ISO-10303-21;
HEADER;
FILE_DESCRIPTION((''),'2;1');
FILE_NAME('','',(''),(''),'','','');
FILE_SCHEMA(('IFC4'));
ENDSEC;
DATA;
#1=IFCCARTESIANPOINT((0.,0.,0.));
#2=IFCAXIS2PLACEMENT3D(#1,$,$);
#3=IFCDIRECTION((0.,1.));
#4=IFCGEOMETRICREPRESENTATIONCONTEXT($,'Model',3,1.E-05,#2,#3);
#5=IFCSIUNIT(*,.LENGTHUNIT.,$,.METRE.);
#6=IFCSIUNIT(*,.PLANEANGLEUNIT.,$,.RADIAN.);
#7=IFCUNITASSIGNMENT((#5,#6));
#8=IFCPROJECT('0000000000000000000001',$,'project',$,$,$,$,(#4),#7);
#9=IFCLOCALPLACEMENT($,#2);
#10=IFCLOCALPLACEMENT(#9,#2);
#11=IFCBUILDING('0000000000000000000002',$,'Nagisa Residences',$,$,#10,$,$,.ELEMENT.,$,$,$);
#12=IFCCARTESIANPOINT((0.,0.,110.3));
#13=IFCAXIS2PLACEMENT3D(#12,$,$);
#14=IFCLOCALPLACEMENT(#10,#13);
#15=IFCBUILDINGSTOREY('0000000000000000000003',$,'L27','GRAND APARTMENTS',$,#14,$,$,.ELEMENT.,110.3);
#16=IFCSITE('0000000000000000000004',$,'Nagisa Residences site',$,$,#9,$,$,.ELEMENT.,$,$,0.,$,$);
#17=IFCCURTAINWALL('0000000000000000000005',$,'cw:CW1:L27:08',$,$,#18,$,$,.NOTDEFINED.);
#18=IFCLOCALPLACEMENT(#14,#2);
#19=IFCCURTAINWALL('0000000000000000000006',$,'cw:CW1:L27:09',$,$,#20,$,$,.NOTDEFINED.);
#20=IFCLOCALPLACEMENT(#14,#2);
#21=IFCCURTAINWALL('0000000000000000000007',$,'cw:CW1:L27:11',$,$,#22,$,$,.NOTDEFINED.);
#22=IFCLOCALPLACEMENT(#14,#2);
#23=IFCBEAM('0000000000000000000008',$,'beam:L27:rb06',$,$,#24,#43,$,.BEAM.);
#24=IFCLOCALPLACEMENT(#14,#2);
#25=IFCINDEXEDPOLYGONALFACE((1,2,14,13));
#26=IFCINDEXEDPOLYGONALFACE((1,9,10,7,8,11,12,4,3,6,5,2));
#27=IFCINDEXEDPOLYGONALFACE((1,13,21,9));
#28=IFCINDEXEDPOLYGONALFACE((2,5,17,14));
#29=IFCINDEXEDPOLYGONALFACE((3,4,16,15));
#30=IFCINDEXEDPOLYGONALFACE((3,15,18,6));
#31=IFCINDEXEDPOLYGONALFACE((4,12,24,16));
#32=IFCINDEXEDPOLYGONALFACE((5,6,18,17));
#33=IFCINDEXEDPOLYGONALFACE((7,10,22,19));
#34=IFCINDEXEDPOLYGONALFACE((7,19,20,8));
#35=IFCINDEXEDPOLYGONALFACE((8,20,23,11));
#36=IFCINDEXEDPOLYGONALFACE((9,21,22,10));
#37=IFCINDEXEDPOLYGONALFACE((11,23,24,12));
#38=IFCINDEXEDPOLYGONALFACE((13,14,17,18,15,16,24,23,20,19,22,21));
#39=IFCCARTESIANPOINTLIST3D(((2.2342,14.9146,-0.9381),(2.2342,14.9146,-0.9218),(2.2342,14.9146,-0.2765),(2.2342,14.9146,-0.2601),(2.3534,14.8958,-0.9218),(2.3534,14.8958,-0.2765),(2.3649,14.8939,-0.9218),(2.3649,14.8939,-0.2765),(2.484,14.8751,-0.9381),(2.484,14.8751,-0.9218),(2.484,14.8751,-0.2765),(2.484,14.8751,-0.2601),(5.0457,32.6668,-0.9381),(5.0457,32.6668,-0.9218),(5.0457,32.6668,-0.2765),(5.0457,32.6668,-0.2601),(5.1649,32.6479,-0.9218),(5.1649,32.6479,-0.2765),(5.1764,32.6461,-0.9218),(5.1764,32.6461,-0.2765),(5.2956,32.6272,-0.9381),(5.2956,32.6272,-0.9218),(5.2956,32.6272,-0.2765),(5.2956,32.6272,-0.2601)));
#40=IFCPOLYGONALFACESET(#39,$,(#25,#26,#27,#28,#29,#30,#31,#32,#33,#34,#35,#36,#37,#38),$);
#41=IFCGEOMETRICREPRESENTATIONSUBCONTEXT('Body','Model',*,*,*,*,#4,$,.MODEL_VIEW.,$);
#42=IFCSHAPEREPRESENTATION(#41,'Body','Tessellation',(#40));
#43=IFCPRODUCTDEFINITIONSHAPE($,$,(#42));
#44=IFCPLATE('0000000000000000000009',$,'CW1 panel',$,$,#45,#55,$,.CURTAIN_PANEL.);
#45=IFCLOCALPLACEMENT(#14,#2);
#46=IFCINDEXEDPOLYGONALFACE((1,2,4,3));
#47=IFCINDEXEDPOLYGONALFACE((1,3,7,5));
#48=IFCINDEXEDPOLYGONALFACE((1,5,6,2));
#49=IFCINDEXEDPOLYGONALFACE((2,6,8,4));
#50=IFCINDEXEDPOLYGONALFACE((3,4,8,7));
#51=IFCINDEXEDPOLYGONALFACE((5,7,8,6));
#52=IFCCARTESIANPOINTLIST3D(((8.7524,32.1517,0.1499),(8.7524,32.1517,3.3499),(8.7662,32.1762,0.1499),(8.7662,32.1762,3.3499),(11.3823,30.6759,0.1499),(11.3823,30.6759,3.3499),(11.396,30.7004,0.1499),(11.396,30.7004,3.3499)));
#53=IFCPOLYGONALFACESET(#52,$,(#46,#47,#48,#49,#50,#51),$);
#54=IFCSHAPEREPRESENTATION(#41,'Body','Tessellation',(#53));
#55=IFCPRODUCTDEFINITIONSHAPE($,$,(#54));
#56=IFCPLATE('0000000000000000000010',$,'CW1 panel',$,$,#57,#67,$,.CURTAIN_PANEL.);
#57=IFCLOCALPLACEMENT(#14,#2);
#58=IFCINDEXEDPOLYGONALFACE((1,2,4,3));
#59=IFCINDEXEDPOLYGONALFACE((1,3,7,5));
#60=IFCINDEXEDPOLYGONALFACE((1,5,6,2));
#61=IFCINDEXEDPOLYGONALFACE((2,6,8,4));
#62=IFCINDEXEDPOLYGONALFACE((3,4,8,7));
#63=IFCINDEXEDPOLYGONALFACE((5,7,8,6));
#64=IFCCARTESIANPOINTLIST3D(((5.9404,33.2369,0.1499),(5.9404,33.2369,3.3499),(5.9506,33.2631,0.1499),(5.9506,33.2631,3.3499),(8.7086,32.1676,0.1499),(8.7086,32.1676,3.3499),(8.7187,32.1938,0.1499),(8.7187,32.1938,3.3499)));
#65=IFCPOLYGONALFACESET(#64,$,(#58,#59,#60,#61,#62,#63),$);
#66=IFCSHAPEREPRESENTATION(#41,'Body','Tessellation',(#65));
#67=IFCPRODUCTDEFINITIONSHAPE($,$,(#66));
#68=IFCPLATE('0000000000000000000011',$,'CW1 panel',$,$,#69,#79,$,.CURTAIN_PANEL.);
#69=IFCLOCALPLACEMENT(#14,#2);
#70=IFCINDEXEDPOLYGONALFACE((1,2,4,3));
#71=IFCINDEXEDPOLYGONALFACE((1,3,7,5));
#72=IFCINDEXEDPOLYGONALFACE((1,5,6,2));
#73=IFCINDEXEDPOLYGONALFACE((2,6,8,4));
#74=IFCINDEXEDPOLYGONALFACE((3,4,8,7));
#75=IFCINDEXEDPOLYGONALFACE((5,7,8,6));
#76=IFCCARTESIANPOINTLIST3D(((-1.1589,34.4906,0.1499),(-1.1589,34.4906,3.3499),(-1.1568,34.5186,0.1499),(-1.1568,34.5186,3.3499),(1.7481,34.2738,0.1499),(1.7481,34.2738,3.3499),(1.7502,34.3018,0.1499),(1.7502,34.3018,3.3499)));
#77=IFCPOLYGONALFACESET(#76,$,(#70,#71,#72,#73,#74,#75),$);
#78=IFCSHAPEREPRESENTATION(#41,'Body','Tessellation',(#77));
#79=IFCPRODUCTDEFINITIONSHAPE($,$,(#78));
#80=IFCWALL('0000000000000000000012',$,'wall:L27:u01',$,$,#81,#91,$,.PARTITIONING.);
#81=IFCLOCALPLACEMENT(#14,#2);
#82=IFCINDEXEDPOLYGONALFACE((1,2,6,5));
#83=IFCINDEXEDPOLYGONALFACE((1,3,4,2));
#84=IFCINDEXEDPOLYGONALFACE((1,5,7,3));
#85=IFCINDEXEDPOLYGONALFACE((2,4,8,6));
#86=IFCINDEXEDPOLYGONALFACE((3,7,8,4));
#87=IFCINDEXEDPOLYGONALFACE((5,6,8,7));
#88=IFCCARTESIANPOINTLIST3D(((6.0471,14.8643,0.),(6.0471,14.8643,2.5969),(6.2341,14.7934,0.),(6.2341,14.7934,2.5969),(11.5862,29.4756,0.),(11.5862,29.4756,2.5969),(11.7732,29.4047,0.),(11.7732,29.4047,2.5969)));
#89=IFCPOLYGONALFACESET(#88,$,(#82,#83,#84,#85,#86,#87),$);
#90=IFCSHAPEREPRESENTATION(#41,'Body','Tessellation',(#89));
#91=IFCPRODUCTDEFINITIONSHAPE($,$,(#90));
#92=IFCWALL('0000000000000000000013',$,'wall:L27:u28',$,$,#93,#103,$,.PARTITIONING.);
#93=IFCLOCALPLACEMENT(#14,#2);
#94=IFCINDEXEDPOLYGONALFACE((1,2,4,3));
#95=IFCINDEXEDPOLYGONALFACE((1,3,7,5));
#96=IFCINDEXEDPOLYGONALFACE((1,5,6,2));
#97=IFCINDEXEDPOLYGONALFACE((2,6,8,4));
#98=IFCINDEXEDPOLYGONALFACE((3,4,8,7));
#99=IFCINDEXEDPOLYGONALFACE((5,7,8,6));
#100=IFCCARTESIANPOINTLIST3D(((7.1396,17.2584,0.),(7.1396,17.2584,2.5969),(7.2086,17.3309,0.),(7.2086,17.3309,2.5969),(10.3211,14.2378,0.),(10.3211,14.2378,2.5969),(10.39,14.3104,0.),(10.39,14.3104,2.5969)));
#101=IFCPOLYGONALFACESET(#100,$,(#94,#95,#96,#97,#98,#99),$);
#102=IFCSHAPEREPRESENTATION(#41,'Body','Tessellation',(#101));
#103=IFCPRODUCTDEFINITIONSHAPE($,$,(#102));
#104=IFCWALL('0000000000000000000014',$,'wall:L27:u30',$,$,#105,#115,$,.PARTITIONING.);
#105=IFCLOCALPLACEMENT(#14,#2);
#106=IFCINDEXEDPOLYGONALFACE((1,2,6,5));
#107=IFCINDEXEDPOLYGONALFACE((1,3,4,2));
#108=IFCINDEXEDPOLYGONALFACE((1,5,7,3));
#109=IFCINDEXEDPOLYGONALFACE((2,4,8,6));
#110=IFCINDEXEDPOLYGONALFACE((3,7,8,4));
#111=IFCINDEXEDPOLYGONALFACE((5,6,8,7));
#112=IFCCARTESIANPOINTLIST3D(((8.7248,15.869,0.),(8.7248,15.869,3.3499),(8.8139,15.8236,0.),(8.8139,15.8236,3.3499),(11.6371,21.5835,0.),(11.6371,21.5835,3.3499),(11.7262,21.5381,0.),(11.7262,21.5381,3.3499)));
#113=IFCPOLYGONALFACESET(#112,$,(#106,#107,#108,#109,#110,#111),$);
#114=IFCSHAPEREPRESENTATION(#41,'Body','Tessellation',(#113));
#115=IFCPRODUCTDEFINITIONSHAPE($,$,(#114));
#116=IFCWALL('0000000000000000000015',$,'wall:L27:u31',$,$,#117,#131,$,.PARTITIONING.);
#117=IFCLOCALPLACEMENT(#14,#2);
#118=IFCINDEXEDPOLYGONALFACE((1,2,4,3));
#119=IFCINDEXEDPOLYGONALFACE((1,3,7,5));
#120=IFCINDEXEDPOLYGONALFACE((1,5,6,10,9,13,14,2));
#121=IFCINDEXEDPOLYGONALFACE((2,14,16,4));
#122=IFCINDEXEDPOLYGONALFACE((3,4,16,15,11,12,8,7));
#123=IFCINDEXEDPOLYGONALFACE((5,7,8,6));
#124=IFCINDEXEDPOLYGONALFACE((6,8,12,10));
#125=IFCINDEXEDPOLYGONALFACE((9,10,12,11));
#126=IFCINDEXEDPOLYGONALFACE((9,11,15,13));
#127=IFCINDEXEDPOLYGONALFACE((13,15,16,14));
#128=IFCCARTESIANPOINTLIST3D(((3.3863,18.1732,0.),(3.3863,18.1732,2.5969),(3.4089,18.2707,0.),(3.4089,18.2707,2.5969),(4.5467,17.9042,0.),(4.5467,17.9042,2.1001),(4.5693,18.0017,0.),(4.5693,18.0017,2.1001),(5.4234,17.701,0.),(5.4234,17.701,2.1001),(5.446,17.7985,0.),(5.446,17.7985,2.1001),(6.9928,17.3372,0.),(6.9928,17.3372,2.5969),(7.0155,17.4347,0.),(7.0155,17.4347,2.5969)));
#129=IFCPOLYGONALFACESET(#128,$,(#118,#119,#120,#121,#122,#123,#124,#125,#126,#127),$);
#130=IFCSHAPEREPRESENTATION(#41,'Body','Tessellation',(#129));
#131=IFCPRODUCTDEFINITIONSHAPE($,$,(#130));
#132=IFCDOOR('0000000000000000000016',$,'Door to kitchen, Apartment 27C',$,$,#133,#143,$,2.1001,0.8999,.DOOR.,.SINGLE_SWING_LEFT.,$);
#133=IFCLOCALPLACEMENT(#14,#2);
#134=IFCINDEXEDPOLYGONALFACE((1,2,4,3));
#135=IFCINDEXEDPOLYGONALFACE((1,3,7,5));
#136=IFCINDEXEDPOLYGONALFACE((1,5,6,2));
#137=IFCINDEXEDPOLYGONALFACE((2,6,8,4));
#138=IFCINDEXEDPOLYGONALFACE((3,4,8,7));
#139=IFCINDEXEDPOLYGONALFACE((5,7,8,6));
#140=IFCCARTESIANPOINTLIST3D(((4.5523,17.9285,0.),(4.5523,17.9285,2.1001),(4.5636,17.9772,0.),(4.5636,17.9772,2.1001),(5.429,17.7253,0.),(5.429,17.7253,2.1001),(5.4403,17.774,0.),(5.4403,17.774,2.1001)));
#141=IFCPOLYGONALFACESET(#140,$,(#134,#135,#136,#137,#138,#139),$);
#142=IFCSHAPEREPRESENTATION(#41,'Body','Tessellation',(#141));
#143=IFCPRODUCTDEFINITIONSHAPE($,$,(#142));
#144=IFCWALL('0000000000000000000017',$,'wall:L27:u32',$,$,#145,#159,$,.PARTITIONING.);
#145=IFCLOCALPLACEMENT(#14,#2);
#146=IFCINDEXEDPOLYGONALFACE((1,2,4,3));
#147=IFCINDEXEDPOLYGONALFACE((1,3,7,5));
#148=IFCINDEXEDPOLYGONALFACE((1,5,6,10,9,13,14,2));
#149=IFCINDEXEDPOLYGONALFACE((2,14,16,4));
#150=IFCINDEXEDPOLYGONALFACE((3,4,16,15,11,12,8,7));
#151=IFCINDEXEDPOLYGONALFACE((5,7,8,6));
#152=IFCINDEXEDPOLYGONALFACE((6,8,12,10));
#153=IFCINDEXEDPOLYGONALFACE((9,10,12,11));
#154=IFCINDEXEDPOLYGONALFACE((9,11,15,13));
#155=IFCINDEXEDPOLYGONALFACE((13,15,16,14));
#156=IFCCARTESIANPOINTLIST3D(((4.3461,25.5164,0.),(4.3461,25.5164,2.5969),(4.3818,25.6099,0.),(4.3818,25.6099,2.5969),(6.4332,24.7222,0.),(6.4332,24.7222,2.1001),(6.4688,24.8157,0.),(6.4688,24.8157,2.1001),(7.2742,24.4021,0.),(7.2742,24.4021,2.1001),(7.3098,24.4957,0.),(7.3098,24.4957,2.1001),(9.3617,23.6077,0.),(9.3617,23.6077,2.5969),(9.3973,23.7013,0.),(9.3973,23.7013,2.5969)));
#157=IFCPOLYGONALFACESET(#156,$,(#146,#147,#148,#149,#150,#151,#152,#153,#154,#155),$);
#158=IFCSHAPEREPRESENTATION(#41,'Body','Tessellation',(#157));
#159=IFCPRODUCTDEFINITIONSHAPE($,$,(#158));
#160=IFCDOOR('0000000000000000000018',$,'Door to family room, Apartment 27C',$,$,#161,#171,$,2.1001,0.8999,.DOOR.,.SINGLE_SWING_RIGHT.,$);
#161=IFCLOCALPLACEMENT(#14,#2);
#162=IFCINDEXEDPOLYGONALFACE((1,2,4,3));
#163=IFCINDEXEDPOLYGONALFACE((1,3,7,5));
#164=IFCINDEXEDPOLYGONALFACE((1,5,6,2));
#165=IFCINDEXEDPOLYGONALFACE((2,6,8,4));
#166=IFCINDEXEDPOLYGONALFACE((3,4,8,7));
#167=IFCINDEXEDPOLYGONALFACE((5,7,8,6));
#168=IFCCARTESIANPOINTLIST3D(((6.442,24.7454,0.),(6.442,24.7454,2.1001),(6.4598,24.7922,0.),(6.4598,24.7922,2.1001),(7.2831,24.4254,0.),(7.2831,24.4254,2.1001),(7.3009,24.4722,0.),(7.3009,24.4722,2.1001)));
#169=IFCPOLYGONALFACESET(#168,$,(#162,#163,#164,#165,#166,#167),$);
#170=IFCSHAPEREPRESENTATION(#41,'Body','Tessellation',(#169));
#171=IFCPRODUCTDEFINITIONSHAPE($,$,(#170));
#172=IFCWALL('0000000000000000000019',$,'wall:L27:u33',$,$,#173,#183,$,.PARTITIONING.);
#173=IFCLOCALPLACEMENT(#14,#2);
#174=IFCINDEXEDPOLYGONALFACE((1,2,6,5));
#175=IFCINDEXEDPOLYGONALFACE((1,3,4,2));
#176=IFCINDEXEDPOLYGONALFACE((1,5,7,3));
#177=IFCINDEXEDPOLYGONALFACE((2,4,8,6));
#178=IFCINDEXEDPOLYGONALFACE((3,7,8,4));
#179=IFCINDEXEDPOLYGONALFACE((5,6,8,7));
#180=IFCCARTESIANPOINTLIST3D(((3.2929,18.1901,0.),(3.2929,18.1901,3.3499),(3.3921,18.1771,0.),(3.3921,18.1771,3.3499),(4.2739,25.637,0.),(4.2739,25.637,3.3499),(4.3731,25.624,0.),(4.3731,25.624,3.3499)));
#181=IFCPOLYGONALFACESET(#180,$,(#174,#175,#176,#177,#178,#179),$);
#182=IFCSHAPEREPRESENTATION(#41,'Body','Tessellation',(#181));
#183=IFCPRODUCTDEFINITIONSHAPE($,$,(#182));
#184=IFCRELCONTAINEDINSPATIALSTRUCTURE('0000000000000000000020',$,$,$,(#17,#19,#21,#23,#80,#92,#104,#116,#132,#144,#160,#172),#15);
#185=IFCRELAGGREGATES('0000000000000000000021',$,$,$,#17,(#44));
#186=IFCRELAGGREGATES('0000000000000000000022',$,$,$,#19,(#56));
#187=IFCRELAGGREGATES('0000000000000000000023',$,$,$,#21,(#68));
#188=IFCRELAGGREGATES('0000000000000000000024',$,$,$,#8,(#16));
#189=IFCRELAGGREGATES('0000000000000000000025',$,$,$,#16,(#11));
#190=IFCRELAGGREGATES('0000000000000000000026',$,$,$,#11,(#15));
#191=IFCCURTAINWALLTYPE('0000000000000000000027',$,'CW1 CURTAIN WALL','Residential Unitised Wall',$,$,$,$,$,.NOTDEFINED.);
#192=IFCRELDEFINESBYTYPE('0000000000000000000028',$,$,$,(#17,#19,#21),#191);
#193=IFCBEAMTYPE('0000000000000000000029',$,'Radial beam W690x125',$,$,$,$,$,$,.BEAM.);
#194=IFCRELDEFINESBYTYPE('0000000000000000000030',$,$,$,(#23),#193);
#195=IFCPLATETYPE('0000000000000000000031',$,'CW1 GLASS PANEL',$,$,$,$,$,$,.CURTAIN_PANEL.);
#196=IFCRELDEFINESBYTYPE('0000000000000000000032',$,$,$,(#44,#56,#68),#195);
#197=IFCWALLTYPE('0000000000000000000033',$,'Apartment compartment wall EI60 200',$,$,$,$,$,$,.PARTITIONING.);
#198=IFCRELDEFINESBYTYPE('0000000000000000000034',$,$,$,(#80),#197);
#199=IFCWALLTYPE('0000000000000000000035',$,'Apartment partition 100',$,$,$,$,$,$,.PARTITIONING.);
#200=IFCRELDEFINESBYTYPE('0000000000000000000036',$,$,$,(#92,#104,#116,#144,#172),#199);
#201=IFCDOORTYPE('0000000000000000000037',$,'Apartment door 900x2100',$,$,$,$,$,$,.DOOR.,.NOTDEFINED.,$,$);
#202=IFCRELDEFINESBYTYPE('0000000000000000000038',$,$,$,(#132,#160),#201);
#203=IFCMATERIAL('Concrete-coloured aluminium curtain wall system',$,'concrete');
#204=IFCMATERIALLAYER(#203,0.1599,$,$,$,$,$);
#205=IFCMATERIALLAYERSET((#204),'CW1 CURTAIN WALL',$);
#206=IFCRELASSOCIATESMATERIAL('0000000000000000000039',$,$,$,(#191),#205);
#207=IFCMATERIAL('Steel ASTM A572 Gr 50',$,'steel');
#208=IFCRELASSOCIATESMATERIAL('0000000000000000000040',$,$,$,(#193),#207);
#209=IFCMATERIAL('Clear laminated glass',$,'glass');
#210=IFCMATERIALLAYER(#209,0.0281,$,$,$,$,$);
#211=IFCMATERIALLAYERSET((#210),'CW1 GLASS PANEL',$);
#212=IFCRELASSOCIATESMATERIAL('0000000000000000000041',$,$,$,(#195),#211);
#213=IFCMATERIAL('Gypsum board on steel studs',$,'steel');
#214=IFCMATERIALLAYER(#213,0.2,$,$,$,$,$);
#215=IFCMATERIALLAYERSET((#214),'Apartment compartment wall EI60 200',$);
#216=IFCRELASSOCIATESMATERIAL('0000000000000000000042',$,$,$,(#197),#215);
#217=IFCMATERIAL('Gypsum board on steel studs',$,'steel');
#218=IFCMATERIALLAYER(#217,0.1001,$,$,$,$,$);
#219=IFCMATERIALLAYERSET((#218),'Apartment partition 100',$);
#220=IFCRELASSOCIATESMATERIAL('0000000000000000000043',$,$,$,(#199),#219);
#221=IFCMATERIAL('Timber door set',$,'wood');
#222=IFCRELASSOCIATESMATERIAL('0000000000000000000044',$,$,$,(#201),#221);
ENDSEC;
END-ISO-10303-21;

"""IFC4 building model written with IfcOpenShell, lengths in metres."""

from ifc_helpers import new_model, si_unit, direction, frame, frame_2d, origin, origin_2d, place, context, subcontext, project, spatial, rectangle, i_section, extrude, material, layer, layer_set, material_profile, profile_set, type_object, element, fill, aggregate, save


model = new_model("IFC4")

# Units and contexts
model_context = context("Model", 3, precision=1e-05, world=origin(), true_north=direction((0.0, 1.0)))
body_context = subcontext(model_context, "Body", "Model", "MODEL_VIEW")
ifc_project = project(units=[si_unit("LENGTHUNIT", "METRE"), si_unit("PLANEANGLEUNIT", "RADIAN")], contexts=[model_context])

# Site, building, storey
site_placement = place(None, origin())
site = spatial("IfcSite", under=ifc_project, at=site_placement, Name="Nagisa Residences site", CompositionType="ELEMENT", RefElevation=0.0)
building_placement = place(site_placement, origin())
building = spatial("IfcBuilding", under=site, at=building_placement, Name="Nagisa Residences", CompositionType="ELEMENT")
storey_placement = place(building_placement, frame((0.0, 0.0, 110.3)))
storey = spatial("IfcBuildingStorey", under=building, at=storey_placement, Name="L27", Description="GRAND APARTMENTS", CompositionType="ELEMENT", Elevation=110.3)

# Curtain walls
ifc_material_1 = material(Name="Concrete-coloured aluminium curtain wall system", Category="concrete")
ifc_layer_1 = layer(ifc_material_1, 0.1599)
ifc_layer_set_1 = layer_set([ifc_layer_1], Name="CW1 CURTAIN WALL")
curtain_wall_type = type_object("IfcCurtainWallType", Name="CW1 CURTAIN WALL", Description="Residential Unitised Wall", PredefinedType="NOTDEFINED", material=ifc_layer_set_1)
curtain_wall_1_placement = place(storey_placement, origin())
curtain_wall_1 = element("IfcCurtainWall", 1, at=curtain_wall_1_placement, inside=storey, type_object=curtain_wall_type, Name="cw:CW1:L27:08", PredefinedType="NOTDEFINED")
curtain_wall_2_placement = place(storey_placement, origin())
curtain_wall_2 = element("IfcCurtainWall", 2, at=curtain_wall_2_placement, inside=storey, type_object=curtain_wall_type, Name="cw:CW1:L27:09", PredefinedType="NOTDEFINED")
curtain_wall_3_placement = place(storey_placement, origin())
curtain_wall_3 = element("IfcCurtainWall", 3, at=curtain_wall_3_placement, inside=storey, type_object=curtain_wall_type, Name="cw:CW1:L27:11", PredefinedType="NOTDEFINED")

# Beam
ifc_material_2 = material(Name="Steel ASTM A572 Gr 50", Category="steel")
ifc_material_profile_1 = material_profile(ifc_material_2, i_section(OverallWidth=0.2529, OverallDepth=0.678, WebThickness=0.0117, FlangeThickness=0.0164, at=origin_2d()), Name="W690x125")
ifc_profile_set_1 = profile_set([ifc_material_profile_1], Name="Steel ASTM A572 Gr 50")
beam_type_1 = type_object("IfcBeamType", Name="Radial beam W690x125", PredefinedType="BEAM", material=ifc_profile_set_1)
beam_1_placement = place(storey_placement, frame((5.1707, 32.647, -0.5991), z_axis=(-0.156426, -0.98769, 0.0), x_axis=(0.98769, -0.156426, 0.0)))
element("IfcBeam", 4, at=beam_1_placement, inside=storey, type_object=beam_type_1, Name="beam:L27:rb06", PredefinedType="BEAM", context=body_context, shape_type="SweptSolid", body=[
    extrude(i_section(OverallWidth=0.2529, OverallDepth=0.678, WebThickness=0.0117, FlangeThickness=0.0164, at=origin_2d()), origin(), (0.0, 0.0, 1.0), 17.9734),
])

# Plates
ifc_material_3 = material(Name="Clear laminated glass", Category="glass")
ifc_layer_2 = layer(ifc_material_3, 0.0281)
ifc_layer_set_2 = layer_set([ifc_layer_2], Name="CW1 GLASS PANEL")
plate_type = type_object("IfcPlateType", Name="CW1 GLASS PANEL", PredefinedType="CURTAIN_PANEL", material=ifc_layer_set_2)
plate_1_placement = place(storey_placement, frame((10.0742, 31.426, 0.1499), z_axis=(0.0, 0.0, 1.0), x_axis=(-0.872072, 0.489377, 0.0)))
plate_1 = element("IfcPlate", 5, at=plate_1_placement, type_object=plate_type, Name="CW1 panel", PredefinedType="CURTAIN_PANEL", context=body_context, shape_type="SweptSolid", body=[
    extrude(rectangle(XDim=3.0156, YDim=0.0281, at=origin_2d()), origin(), (0.0, 0.0, 1.0), 3.2),
])
aggregate(curtain_wall_1, [plate_1])
plate_2_placement = place(storey_placement, frame((7.3296, 32.7153, 0.1499), z_axis=(0.0, 0.0, 1.0), x_axis=(-0.932826, 0.360328, 0.0)))
plate_2 = element("IfcPlate", 6, at=plate_2_placement, type_object=plate_type, Name="CW1 panel", PredefinedType="CURTAIN_PANEL", context=body_context, shape_type="SweptSolid", body=[
    extrude(rectangle(XDim=2.9675, YDim=0.0281, at=origin_2d()), origin(), (0.0, 0.0, 1.0), 3.2),
])
aggregate(curtain_wall_2, [plate_2])
plate_3_placement = place(storey_placement, frame((0.2957, 34.3962, 0.1499), z_axis=(0.0, 0.0, 1.0), x_axis=(-0.99723, 0.074377, 0.0)))
plate_3 = element("IfcPlate", 7, at=plate_3_placement, type_object=plate_type, Name="CW1 panel", PredefinedType="CURTAIN_PANEL", context=body_context, shape_type="SweptSolid", body=[
    extrude(rectangle(XDim=2.915, YDim=0.0281, at=origin_2d()), origin(), (0.0, 0.0, 1.0), 3.2),
])
aggregate(curtain_wall_3, [plate_3])

# Walls
ifc_material_4 = material(Name="Gypsum board on steel studs", Category="steel")
ifc_layer_3 = layer(ifc_material_4, 0.2)
ifc_layer_set_3 = layer_set([ifc_layer_3], Name="Apartment compartment wall EI60 200")
wall_type_1 = type_object("IfcWallType", Name="Apartment compartment wall EI60 200", PredefinedType="PARTITIONING", material=ifc_layer_set_3)
wall_1_placement = place(storey_placement, frame((6.1406, 14.8289, 0.0), z_axis=(0.0, 0.0, 1.0), x_axis=(0.354477, 0.935065, 0.0)))
element("IfcWall", 8, at=wall_1_placement, inside=storey, type_object=wall_type_1, Name="wall:L27:u01", PredefinedType="PARTITIONING", context=body_context, shape_type="SweptSolid", body=[
    extrude(rectangle(XDim=15.626, YDim=0.2, at=frame_2d((7.813, 0.0))), origin(), (0.0, 0.0, 1.0), 2.5969),
])
ifc_material_5 = material(Name="Gypsum board on steel studs", Category="steel")
ifc_layer_4 = layer(ifc_material_5, 0.1001)
ifc_layer_set_4 = layer_set([ifc_layer_4], Name="Apartment partition 100")
wall_type_2 = type_object("IfcWallType", Name="Apartment partition 100", PredefinedType="PARTITIONING", material=ifc_layer_set_4)
wall_2_placement = place(storey_placement, frame((10.3555, 14.2742, 0.0), z_axis=(0.0, 0.0, 1.0), x_axis=(-0.725206, 0.688532, 0.0)))
element("IfcWall", 9, at=wall_2_placement, inside=storey, type_object=wall_type_2, Name="wall:L27:u28", PredefinedType="PARTITIONING", context=body_context, shape_type="SweptSolid", body=[
    extrude(rectangle(XDim=4.387, YDim=0.1001, at=frame_2d((2.1934, 0.0))), origin(), (0.0, 0.0, 1.0), 2.5969),
])
wall_3_placement = place(storey_placement, frame((8.7693, 15.8462, 0.0), z_axis=(0.0, 0.0, 1.0), x_axis=(0.454067, 0.890967, 0.0)))
element("IfcWall", 10, at=wall_3_placement, inside=storey, type_object=wall_type_2, Name="wall:L27:u30", PredefinedType="PARTITIONING", context=body_context, shape_type="SweptSolid", body=[
    extrude(rectangle(XDim=6.4138, YDim=0.1001, at=frame_2d((3.207, 0.0))), origin(), (0.0, 0.0, 1.0), 3.3499),
])

# Walls, openings, doors
wall_4_placement = place(storey_placement, frame((7.0042, 17.386, 0.0), z_axis=(0.0, 0.0, 1.0), x_axis=(-0.974173, 0.225803, 0.0)))
wall_4 = element("IfcWall", 11, at=wall_4_placement, inside=storey, type_object=wall_type_2, Name="wall:L27:u31", PredefinedType="PARTITIONING", context=body_context, shape_type="SweptSolid", body=[
    extrude(rectangle(XDim=3.7021, YDim=0.1001, at=frame_2d((1.8511, 0.0))), origin(), (0.0, 0.0, 1.0), 2.5969),
])
opening_1_placement = place(wall_4_placement, frame((1.6111, 0.0, 0.0)))
opening_1 = element("IfcOpeningElement", 12, at=opening_1_placement, cuts=wall_4, PredefinedType="OPENING", context=body_context, shape_type="SweptSolid", body=[
    extrude(rectangle(XDim=0.8999, YDim=2.1001, at=frame_2d((0.45, 1.05))), frame((0.0, 0.0601, 0.0), z_axis=(0.0, -1.0, 0.0), x_axis=(1.0, 0.0, 0.0)), (0.0, 0.0, 1.0), 0.1201),
])
ifc_material_6 = material(Name="Timber door set", Category="wood")
door_type_1 = type_object("IfcDoorType", Name="Apartment door 900x2100", OperationType="NOTDEFINED", PredefinedType="DOOR", material=ifc_material_6)
door_1_placement = place(opening_1_placement, frame((0.8999, 0.0, 0.0), x_axis=(-1.0, 0.0, 0.0)))
door_1 = element("IfcDoor", 13, at=door_1_placement, inside=storey, type_object=door_type_1, Name="Door to kitchen, Apartment 27C", OperationType="SINGLE_SWING_LEFT", OverallHeight=2.1001, OverallWidth=0.8999, PredefinedType="DOOR", context=body_context, shape_type="SweptSolid", body=[
    extrude(rectangle(XDim=0.8999, YDim=2.1001, at=frame_2d((0.45, 1.05))), frame((0.0, 0.0249, 0.0), z_axis=(0.0, -1.0, 0.0), x_axis=(1.0, 0.0, 0.0)), (0.0, 0.0, 1.0), 0.05),
])
fill(opening_1, door_1)
wall_5_placement = place(storey_placement, frame((9.3794, 23.6545, 0.0), z_axis=(0.0, 0.0, 1.0), x_axis=(-0.934613, 0.355666, 0.0)))
wall_5 = element("IfcWall", 14, at=wall_5_placement, inside=storey, type_object=wall_type_2, Name="wall:L27:u32", PredefinedType="PARTITIONING", context=body_context, shape_type="SweptSolid", body=[
    extrude(rectangle(XDim=5.3665, YDim=0.1001, at=frame_2d((2.6831, 0.0))), origin(), (0.0, 0.0, 1.0), 2.5969),
])
opening_2_placement = place(wall_5_placement, frame((2.2334, 0.0, 0.0)))
opening_2 = element("IfcOpeningElement", 15, at=opening_2_placement, cuts=wall_5, PredefinedType="OPENING", context=body_context, shape_type="SweptSolid", body=[
    extrude(rectangle(XDim=0.8999, YDim=2.1001, at=frame_2d((0.45, 1.05))), frame((0.0, 0.0601, 0.0), z_axis=(0.0, -1.0, 0.0), x_axis=(1.0, 0.0, 0.0)), (0.0, 0.0, 1.0), 0.1201),
])
door_2_placement = place(opening_2_placement, frame((0.8999, 0.0, 0.0), x_axis=(-1.0, 0.0, 0.0)))
door_2 = element("IfcDoor", 16, at=door_2_placement, inside=storey, type_object=door_type_1, Name="Door to family room, Apartment 27C", OperationType="SINGLE_SWING_RIGHT", OverallHeight=2.1001, OverallWidth=0.8999, PredefinedType="DOOR", context=body_context, shape_type="SweptSolid", body=[
    extrude(rectangle(XDim=0.8999, YDim=2.1001, at=frame_2d((0.45, 1.05))), frame((0.0, 0.0249, 0.0), z_axis=(0.0, -1.0, 0.0), x_axis=(1.0, 0.0, 0.0)), (0.0, 0.0, 1.0), 0.05),
])
fill(opening_2, door_2)

# Wall
wall_6_placement = place(storey_placement, frame((3.3425, 18.1836, 0.0), z_axis=(0.0, 0.0, 1.0), x_axis=(0.130597, 0.991436, 0.0)))
element("IfcWall", 17, at=wall_6_placement, inside=storey, type_object=wall_type_2, Name="wall:L27:u33", PredefinedType="PARTITIONING", context=body_context, shape_type="SweptSolid", body=[
    extrude(rectangle(XDim=7.5112, YDim=0.1001, at=frame_2d((3.7556, 0.0))), origin(), (0.0, 0.0, 1.0), 3.3499),
])

save(model, "model.ifc")
